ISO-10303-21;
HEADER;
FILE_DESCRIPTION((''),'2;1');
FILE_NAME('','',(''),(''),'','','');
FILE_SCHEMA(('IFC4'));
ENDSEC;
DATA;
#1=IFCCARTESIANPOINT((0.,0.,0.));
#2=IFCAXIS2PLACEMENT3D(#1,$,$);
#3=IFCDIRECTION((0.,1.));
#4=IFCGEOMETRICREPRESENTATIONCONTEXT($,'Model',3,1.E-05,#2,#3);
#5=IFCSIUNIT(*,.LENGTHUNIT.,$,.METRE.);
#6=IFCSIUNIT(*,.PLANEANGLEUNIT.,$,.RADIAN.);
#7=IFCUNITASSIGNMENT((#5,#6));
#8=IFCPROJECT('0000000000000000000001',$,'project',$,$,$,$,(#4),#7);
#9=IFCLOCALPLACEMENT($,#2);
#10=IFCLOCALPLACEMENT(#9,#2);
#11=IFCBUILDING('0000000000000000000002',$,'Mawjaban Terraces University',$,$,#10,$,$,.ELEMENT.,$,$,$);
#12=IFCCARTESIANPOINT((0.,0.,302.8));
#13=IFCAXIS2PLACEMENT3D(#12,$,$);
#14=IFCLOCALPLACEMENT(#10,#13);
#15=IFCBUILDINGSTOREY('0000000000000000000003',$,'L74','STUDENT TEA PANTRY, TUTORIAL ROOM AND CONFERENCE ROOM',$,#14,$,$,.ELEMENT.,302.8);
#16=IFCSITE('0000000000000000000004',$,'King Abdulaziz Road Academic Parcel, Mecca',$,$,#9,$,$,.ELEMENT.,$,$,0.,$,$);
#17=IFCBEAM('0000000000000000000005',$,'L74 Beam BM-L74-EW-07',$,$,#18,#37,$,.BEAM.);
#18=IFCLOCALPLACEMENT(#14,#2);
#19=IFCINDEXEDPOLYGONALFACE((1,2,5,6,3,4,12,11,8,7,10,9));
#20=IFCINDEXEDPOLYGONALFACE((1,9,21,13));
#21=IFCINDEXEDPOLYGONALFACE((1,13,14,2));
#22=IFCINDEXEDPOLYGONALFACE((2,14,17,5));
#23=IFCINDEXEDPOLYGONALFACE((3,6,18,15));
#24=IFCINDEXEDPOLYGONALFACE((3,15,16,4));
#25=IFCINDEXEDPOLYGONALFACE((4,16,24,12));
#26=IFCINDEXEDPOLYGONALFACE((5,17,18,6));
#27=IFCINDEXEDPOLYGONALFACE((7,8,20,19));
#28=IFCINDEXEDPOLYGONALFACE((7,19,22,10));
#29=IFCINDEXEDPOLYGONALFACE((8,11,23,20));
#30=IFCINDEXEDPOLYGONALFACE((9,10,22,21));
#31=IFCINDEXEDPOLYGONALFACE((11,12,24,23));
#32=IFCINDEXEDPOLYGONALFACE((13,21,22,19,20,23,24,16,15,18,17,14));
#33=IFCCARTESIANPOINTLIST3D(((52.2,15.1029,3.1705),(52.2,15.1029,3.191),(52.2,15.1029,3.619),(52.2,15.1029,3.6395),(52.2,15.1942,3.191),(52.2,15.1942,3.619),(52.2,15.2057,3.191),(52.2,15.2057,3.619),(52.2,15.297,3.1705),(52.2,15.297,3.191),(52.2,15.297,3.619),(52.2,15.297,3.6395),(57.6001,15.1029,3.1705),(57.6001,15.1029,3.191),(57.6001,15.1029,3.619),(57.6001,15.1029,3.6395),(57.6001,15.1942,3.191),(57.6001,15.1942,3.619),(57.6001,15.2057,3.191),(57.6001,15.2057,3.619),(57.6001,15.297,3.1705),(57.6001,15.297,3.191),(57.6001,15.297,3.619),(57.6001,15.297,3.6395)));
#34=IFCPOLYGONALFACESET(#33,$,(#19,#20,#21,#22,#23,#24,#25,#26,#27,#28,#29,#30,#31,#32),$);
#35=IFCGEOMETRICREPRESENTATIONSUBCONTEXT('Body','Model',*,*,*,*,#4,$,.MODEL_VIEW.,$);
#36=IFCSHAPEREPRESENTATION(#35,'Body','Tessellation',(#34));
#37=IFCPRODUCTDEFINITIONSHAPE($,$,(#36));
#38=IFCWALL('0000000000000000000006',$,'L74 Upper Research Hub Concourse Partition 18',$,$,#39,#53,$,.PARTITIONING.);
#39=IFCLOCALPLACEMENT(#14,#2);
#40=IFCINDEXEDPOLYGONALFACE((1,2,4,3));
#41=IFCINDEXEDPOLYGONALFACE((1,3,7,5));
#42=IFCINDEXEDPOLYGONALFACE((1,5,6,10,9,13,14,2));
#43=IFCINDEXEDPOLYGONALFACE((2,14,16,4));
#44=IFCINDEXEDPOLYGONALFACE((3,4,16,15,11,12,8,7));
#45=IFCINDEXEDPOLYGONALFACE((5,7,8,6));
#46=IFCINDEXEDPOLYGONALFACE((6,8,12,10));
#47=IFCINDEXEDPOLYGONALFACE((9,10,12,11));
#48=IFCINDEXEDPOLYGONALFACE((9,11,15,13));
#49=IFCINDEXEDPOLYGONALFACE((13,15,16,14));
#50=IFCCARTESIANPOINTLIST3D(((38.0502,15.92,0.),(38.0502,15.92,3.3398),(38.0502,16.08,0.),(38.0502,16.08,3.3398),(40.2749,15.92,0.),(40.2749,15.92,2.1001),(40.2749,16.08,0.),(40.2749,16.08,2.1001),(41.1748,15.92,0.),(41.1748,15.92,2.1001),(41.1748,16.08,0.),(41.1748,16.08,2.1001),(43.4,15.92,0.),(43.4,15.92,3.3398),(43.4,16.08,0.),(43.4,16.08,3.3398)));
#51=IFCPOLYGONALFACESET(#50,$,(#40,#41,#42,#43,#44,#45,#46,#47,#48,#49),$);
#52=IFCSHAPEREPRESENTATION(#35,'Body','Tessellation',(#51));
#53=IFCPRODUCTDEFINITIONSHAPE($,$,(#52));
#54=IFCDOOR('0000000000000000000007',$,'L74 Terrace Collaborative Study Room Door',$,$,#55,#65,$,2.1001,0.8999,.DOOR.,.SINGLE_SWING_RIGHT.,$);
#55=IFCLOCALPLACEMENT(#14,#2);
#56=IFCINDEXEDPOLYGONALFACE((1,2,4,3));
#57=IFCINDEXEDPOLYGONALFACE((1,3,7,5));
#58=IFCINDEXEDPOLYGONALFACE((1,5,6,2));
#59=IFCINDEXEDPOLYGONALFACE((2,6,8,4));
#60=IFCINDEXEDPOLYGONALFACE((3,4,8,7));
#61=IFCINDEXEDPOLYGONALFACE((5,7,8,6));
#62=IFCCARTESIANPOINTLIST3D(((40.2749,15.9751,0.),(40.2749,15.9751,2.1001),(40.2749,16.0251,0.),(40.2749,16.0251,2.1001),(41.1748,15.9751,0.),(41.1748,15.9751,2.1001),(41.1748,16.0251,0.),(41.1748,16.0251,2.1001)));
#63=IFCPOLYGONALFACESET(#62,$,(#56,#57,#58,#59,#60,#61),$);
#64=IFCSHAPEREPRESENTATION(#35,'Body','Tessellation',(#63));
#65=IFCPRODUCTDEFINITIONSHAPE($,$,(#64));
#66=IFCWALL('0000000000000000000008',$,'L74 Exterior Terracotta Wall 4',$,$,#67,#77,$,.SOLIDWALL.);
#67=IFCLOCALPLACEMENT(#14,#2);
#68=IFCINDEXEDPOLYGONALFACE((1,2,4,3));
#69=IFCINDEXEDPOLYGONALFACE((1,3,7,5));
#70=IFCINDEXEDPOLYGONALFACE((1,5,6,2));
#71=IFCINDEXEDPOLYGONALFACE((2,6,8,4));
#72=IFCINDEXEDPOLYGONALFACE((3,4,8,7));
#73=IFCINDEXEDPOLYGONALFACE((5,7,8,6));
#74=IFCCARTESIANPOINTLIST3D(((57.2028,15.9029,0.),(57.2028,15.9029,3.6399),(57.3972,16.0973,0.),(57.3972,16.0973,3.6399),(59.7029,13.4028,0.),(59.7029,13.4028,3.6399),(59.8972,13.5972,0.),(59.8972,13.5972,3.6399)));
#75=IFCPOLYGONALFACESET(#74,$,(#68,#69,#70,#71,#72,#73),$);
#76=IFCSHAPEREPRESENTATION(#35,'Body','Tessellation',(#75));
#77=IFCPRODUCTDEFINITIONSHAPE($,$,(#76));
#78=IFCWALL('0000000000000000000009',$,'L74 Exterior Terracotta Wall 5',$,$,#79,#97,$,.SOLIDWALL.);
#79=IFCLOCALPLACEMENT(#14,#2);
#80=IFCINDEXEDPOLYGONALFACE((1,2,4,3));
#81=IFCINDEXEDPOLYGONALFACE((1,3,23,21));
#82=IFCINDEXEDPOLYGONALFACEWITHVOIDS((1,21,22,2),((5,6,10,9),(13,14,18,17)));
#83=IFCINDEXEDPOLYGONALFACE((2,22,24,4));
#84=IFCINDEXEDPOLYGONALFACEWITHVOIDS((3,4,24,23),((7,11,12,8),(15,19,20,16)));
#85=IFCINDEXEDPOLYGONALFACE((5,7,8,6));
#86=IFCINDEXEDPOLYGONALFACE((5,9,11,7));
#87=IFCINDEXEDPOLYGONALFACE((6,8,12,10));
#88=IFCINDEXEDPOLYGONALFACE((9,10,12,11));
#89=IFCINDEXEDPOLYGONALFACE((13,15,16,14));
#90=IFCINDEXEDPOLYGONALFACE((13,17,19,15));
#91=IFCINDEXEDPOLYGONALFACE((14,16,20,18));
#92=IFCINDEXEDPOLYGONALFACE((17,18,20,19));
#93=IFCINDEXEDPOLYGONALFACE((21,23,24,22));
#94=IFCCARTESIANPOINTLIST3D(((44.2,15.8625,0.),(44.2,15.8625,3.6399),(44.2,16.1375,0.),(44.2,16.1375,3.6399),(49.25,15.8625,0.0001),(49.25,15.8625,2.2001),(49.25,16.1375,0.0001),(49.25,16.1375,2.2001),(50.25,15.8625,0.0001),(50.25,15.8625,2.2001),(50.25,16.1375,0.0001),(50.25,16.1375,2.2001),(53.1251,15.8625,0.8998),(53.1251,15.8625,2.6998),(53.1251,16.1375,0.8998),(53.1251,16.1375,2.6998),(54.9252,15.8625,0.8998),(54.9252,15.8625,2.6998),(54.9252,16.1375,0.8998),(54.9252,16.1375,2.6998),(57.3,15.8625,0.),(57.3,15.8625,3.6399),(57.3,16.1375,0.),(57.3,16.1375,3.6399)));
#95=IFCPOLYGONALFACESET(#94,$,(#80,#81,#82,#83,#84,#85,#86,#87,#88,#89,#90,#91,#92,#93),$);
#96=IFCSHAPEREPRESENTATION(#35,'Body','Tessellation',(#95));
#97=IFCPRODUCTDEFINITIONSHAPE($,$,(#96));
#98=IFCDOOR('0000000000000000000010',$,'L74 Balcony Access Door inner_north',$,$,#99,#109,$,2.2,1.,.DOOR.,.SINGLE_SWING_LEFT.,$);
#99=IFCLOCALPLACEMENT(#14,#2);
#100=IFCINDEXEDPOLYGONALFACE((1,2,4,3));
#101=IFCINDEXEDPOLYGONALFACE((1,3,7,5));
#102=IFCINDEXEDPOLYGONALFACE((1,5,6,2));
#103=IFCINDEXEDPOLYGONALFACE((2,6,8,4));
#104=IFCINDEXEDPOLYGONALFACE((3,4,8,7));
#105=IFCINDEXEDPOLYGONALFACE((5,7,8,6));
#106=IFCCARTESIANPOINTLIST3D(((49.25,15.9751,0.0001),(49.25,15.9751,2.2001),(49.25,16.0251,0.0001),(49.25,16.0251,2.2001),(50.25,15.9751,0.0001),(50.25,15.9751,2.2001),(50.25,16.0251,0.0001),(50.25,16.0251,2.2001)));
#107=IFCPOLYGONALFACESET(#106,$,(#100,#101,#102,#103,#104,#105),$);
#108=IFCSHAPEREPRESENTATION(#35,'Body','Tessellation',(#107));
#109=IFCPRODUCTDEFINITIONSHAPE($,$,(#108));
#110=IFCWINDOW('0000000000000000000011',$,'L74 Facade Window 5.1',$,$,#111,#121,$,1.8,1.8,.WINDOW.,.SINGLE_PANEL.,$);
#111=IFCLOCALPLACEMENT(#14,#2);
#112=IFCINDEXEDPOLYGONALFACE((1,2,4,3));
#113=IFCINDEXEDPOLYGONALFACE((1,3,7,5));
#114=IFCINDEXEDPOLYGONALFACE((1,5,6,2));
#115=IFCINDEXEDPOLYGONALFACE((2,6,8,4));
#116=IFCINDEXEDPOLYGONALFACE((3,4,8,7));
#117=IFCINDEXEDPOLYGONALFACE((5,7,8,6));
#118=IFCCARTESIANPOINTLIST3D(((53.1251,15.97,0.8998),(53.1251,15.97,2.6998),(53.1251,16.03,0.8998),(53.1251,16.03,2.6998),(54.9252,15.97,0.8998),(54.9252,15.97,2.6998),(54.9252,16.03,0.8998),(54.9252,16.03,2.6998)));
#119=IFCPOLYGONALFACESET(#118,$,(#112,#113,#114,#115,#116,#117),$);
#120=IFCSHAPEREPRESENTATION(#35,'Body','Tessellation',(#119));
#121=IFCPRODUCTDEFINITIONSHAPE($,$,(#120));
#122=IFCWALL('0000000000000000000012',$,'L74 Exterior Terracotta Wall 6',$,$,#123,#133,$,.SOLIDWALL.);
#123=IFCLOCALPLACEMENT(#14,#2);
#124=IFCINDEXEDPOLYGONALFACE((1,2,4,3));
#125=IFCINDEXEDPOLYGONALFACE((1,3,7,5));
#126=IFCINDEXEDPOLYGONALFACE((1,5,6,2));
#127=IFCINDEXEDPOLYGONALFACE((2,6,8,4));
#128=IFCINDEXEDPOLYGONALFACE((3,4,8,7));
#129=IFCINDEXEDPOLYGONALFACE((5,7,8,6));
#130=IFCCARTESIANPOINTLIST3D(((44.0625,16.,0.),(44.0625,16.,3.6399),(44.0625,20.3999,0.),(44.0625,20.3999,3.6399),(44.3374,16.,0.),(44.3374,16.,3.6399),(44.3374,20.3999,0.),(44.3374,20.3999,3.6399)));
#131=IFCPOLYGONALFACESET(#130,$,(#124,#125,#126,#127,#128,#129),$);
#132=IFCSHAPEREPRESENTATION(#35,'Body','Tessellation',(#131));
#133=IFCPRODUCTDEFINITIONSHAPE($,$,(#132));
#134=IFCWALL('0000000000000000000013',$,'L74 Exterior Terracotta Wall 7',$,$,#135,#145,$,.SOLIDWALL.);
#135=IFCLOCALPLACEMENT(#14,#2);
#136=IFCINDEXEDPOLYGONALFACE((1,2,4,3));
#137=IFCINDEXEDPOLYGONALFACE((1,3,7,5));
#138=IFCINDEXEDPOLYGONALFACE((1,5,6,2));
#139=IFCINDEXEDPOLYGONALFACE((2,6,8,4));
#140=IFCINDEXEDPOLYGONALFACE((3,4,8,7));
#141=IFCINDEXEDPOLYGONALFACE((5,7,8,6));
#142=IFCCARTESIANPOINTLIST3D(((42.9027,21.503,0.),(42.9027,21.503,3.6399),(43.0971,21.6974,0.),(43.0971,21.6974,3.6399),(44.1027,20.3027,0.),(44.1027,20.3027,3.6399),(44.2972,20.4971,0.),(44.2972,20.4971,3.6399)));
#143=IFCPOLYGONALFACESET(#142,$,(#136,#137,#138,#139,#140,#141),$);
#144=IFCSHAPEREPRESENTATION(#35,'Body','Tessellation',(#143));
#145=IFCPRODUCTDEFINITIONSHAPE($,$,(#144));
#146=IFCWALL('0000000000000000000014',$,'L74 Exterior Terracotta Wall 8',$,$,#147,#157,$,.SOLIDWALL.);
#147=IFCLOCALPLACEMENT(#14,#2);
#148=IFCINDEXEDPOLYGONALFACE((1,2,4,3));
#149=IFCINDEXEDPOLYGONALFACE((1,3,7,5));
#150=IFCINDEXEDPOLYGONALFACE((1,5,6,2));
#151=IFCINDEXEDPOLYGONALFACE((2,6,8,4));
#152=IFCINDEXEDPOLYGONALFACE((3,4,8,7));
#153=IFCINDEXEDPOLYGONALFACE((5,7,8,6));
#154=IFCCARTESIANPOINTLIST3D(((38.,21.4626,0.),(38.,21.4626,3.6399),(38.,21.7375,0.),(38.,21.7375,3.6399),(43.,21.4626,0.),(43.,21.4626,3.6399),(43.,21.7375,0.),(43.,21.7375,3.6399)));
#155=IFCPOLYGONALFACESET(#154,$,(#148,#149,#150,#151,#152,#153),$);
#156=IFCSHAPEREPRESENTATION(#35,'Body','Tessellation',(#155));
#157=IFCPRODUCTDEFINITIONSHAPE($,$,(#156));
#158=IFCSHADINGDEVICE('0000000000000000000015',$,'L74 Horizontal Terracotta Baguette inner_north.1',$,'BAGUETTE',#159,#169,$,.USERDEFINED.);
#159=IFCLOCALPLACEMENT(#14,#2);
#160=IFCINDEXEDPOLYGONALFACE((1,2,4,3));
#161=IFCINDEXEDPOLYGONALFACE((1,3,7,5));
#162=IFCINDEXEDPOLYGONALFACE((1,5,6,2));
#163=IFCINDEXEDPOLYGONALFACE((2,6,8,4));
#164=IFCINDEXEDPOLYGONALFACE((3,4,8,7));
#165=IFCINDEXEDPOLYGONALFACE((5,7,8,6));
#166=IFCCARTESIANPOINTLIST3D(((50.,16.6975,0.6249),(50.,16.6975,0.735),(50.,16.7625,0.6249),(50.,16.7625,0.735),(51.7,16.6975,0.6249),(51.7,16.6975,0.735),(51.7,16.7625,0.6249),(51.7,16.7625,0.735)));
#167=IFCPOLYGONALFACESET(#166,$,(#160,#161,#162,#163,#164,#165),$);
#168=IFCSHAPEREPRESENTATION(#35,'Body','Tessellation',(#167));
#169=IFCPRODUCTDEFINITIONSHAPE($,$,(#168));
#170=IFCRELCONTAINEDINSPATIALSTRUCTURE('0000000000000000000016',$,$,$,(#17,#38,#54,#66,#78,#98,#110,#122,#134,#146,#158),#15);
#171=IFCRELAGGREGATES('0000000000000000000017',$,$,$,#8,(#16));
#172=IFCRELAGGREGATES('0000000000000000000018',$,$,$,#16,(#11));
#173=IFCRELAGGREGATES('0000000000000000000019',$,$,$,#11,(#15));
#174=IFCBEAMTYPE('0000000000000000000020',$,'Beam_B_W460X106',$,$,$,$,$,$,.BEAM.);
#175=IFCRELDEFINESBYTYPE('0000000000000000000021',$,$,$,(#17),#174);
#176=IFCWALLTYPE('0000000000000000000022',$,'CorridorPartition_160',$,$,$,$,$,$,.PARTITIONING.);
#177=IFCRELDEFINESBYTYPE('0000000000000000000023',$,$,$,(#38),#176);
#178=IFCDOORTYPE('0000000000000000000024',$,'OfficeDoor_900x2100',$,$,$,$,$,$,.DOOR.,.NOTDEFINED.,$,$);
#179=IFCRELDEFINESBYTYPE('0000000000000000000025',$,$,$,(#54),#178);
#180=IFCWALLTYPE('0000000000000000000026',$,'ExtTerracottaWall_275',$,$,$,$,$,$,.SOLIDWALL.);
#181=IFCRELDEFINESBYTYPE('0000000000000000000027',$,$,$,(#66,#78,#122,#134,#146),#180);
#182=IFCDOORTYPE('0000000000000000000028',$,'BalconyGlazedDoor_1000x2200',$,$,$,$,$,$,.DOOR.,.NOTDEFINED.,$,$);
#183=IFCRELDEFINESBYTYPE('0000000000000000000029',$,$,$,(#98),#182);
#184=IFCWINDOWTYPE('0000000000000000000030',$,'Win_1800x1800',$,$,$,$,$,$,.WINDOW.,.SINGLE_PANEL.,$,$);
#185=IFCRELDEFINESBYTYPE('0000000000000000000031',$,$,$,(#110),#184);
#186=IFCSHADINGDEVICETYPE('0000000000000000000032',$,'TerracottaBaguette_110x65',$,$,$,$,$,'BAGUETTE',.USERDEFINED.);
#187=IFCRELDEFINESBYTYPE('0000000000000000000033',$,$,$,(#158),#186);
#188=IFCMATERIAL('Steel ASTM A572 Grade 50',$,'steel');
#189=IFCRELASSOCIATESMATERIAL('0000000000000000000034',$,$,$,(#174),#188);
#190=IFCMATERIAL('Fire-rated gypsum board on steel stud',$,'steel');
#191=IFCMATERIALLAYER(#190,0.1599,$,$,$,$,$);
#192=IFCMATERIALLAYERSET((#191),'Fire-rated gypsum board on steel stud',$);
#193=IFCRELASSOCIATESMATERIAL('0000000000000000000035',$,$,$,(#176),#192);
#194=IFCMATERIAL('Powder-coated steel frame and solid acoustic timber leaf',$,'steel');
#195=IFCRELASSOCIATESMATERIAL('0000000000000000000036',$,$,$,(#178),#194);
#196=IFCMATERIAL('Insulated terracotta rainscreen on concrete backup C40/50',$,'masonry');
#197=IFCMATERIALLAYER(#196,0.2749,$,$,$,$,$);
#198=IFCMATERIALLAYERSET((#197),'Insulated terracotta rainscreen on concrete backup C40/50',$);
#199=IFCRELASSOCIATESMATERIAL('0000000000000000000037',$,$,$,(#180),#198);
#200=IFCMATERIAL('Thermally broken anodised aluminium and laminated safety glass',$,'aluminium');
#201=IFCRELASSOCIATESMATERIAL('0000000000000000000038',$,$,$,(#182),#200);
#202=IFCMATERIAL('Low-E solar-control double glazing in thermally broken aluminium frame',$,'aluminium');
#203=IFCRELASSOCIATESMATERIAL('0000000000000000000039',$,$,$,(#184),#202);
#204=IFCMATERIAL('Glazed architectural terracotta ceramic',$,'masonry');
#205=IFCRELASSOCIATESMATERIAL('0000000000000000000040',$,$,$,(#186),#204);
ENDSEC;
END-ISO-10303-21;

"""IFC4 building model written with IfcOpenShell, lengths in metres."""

from ifc_helpers import new_model, si_unit, direction, frame, frame_2d, origin, origin_2d, place, context, subcontext, project, spatial, rectangle, i_section, extrude, material, layer, layer_set, material_profile, profile_set, type_object, element, fill, save


model = new_model("IFC4")

# Units and contexts
model_context = context("Model", 3, precision=1e-05, world=origin(), true_north=direction((0.0, 1.0)))
body_context = subcontext(model_context, "Body", "Model", "MODEL_VIEW")
ifc_project = project(units=[si_unit("LENGTHUNIT", "METRE"), si_unit("PLANEANGLEUNIT", "RADIAN")], contexts=[model_context])

# Site, building, storey
site_placement = place(None, origin())
site = spatial("IfcSite", under=ifc_project, at=site_placement, Name="King Abdulaziz Road Academic Parcel, Mecca", CompositionType="ELEMENT", RefElevation=0.0)
building_placement = place(site_placement, origin())
building = spatial("IfcBuilding", under=site, at=building_placement, Name="Mawjaban Terraces University", CompositionType="ELEMENT")
storey_placement = place(building_placement, frame((0.0, 0.0, 302.8)))
storey = spatial("IfcBuildingStorey", under=building, at=storey_placement, Name="L74", Description="STUDENT TEA PANTRY, TUTORIAL ROOM AND CONFERENCE ROOM", CompositionType="ELEMENT", Elevation=302.8)

# Beam
ifc_material_1 = material(Name="Steel ASTM A572 Grade 50", Category="steel")
ifc_material_profile_1 = material_profile(ifc_material_1, i_section(OverallWidth=0.1941, OverallDepth=0.469, WebThickness=0.0115, FlangeThickness=0.0205, at=origin_2d()), Name="W460X106")
ifc_profile_set_1 = profile_set([ifc_material_profile_1], Name="Steel ASTM A572 Grade 50")
beam_type_1 = type_object("IfcBeamType", Name="Beam_B_W460X106", PredefinedType="BEAM", material=ifc_profile_set_1)
beam_1_placement = place(storey_placement, frame((52.2, 15.2, 3.405), z_axis=(1.0, 0.0, 0.0), x_axis=(0.0, 1.0, 0.0)))
element("IfcBeam", 1, at=beam_1_placement, inside=storey, type_object=beam_type_1, Name="L74 Beam BM-L74-EW-07", PredefinedType="BEAM", context=body_context, shape_type="SweptSolid", body=[
    extrude(i_section(OverallWidth=0.1941, OverallDepth=0.469, WebThickness=0.0115, FlangeThickness=0.0205, at=origin_2d()), origin(), (0.0, 0.0, 1.0), 5.4001),
])

# Wall, opening, door
ifc_material_2 = material(Name="Fire-rated gypsum board on steel stud", Category="steel")
ifc_layer_1 = layer(ifc_material_2, 0.1599)
ifc_layer_set_1 = layer_set([ifc_layer_1], Name="Fire-rated gypsum board on steel stud")
wall_type_1 = type_object("IfcWallType", Name="CorridorPartition_160", PredefinedType="PARTITIONING", material=ifc_layer_set_1)
wall_1_placement = place(storey_placement, frame((43.3999, 16.0, 0.0), z_axis=(0.0, 0.0, 1.0), x_axis=(-1.0, 0.0, 0.0)))
wall_1 = element("IfcWall", 2, at=wall_1_placement, inside=storey, type_object=wall_type_1, Name="L74 Upper Research Hub Concourse Partition 18", PredefinedType="PARTITIONING", context=body_context, shape_type="SweptSolid", body=[
    extrude(rectangle(XDim=5.3499, YDim=0.1599, at=frame_2d((2.6748, 0.0))), origin(), (0.0, 0.0, 1.0), 3.3398),
])
opening_1_placement = place(wall_1_placement, frame((2.2251, 0.0, 0.0)))
opening_1 = element("IfcOpeningElement", 3, at=opening_1_placement, cuts=wall_1, PredefinedType="OPENING", context=body_context, shape_type="SweptSolid", body=[
    extrude(rectangle(XDim=0.8999, YDim=2.1001, at=frame_2d((0.45, 1.05))), frame((0.0, 0.0898, 0.0), z_axis=(0.0, -1.0, 0.0), x_axis=(1.0, 0.0, 0.0)), (0.0, 0.0, 1.0), 0.1799),
])
ifc_material_3 = material(Name="Powder-coated steel frame and solid acoustic timber leaf", Category="steel")
door_type_1 = type_object("IfcDoorType", Name="OfficeDoor_900x2100", OperationType="NOTDEFINED", PredefinedType="DOOR", material=ifc_material_3)
door_1_placement = place(opening_1_placement, origin())
door_1 = element("IfcDoor", 4, at=door_1_placement, inside=storey, type_object=door_type_1, Name="L74 Terrace Collaborative Study Room Door", OperationType="SINGLE_SWING_RIGHT", OverallHeight=2.1001, OverallWidth=0.8999, PredefinedType="DOOR", context=body_context, shape_type="SweptSolid", body=[
    extrude(rectangle(XDim=0.8999, YDim=2.1001, at=frame_2d((0.45, 1.05))), frame((0.0, 0.0249, 0.0), z_axis=(0.0, -1.0, 0.0), x_axis=(1.0, 0.0, 0.0)), (0.0, 0.0, 1.0), 0.05),
])
fill(opening_1, door_1)

# Wall
ifc_material_4 = material(Name="Insulated terracotta rainscreen on concrete backup C40/50", Category="masonry")
ifc_layer_2 = layer(ifc_material_4, 0.2749)
ifc_layer_set_2 = layer_set([ifc_layer_2], Name="Insulated terracotta rainscreen on concrete backup C40/50")
wall_type_2 = type_object("IfcWallType", Name="ExtTerracottaWall_275", PredefinedType="SOLIDWALL", material=ifc_layer_set_2)
wall_2_placement = place(storey_placement, frame((59.8, 13.5, 0.0), z_axis=(0.0, 0.0, 1.0), x_axis=(-0.707107, 0.707107, 0.0)))
element("IfcWall", 5, at=wall_2_placement, inside=storey, type_object=wall_type_2, Name="L74 Exterior Terracotta Wall 4", PredefinedType="SOLIDWALL", context=body_context, shape_type="SweptSolid", body=[
    extrude(rectangle(XDim=3.5356, YDim=0.2749, at=frame_2d((1.7678, 0.0))), origin(), (0.0, 0.0, 1.0), 3.6399),
])

# Wall, openings, door, window
wall_3_placement = place(storey_placement, frame((57.3, 16.0, 0.0), z_axis=(0.0, 0.0, 1.0), x_axis=(-1.0, 0.0, 0.0)))
wall_3 = element("IfcWall", 6, at=wall_3_placement, inside=storey, type_object=wall_type_2, Name="L74 Exterior Terracotta Wall 5", PredefinedType="SOLIDWALL", context=body_context, shape_type="SweptSolid", body=[
    extrude(rectangle(XDim=13.1001, YDim=0.2749, at=frame_2d((6.55, 0.0))), origin(), (0.0, 0.0, 1.0), 3.6399),
])
opening_2_placement = place(wall_3_placement, frame((7.05, 0.0, 0.0)))
opening_2 = element("IfcOpeningElement", 7, at=opening_2_placement, cuts=wall_3, PredefinedType="OPENING", context=body_context, shape_type="SweptSolid", body=[
    extrude(rectangle(XDim=1.0, YDim=2.2, at=frame_2d((0.5, 1.1001))), frame((0.0, 0.1475, 0.0), z_axis=(0.0, -1.0, 0.0), x_axis=(1.0, 0.0, 0.0)), (0.0, 0.0, 1.0), 0.2949),
])
opening_3_placement = place(wall_3_placement, frame((2.375, 0.0, 0.8999)))
opening_3 = element("IfcOpeningElement", 8, at=opening_3_placement, cuts=wall_3, PredefinedType="OPENING", context=body_context, shape_type="SweptSolid", body=[
    extrude(rectangle(XDim=1.8, YDim=1.8, at=frame_2d((0.8999, 0.8999))), frame((0.0, 0.1475, 0.0), z_axis=(0.0, -1.0, 0.0), x_axis=(1.0, 0.0, 0.0)), (0.0, 0.0, 1.0), 0.2949),
])
ifc_material_5 = material(Name="Thermally broken anodised aluminium and laminated safety glass", Category="aluminium")
door_type_2 = type_object("IfcDoorType", Name="BalconyGlazedDoor_1000x2200", OperationType="NOTDEFINED", PredefinedType="DOOR", material=ifc_material_5)
door_2_placement = place(opening_2_placement, origin())
door_2 = element("IfcDoor", 9, at=door_2_placement, inside=storey, type_object=door_type_2, Name="L74 Balcony Access Door inner_north", OperationType="SINGLE_SWING_LEFT", OverallHeight=2.2, OverallWidth=1.0, PredefinedType="DOOR", context=body_context, shape_type="SweptSolid", body=[
    extrude(rectangle(XDim=1.0, YDim=2.2, at=frame_2d((0.5, 1.1001))), frame((0.0, 0.0249, 0.0), z_axis=(0.0, -1.0, 0.0), x_axis=(1.0, 0.0, 0.0)), (0.0, 0.0, 1.0), 0.05),
])
fill(opening_2, door_2)
ifc_material_6 = material(Name="Low-E solar-control double glazing in thermally broken aluminium frame", Category="aluminium")
window_type = type_object("IfcWindowType", Name="Win_1800x1800", PartitioningType="SINGLE_PANEL", PredefinedType="WINDOW", material=ifc_material_6)
window_placement = place(opening_3_placement, origin())
window = element("IfcWindow", 10, at=window_placement, inside=storey, type_object=window_type, Name="L74 Facade Window 5.1", OverallHeight=1.8, OverallWidth=1.8, PartitioningType="SINGLE_PANEL", PredefinedType="WINDOW", context=body_context, shape_type="SweptSolid", body=[
    extrude(rectangle(XDim=1.8, YDim=1.8, at=frame_2d((0.8999, 0.8999))), frame((0.0, 0.03, 0.0), z_axis=(0.0, -1.0, 0.0), x_axis=(1.0, 0.0, 0.0)), (0.0, 0.0, 1.0), 0.0601),
])
fill(opening_3, window)

# Walls
wall_4_placement = place(storey_placement, frame((44.2, 16.0, 0.0), z_axis=(0.0, 0.0, 1.0), x_axis=(0.0, 1.0, 0.0)))
element("IfcWall", 11, at=wall_4_placement, inside=storey, type_object=wall_type_2, Name="L74 Exterior Terracotta Wall 6", PredefinedType="SOLIDWALL", context=body_context, shape_type="SweptSolid", body=[
    extrude(rectangle(XDim=4.3999, YDim=0.2749, at=frame_2d((2.2, 0.0))), origin(), (0.0, 0.0, 1.0), 3.6399),
])
wall_5_placement = place(storey_placement, frame((44.2, 20.3999, 0.0), z_axis=(0.0, 0.0, 1.0), x_axis=(-0.707035, 0.707179, 0.0)))
element("IfcWall", 12, at=wall_5_placement, inside=storey, type_object=wall_type_2, Name="L74 Exterior Terracotta Wall 7", PredefinedType="SOLIDWALL", context=body_context, shape_type="SweptSolid", body=[
    extrude(rectangle(XDim=1.6973, YDim=0.2749, at=frame_2d((0.8486, 0.0))), origin(), (0.0, 0.0, 1.0), 3.6399),
])
wall_6_placement = place(storey_placement, frame((43.0, 21.6001, 0.0), z_axis=(0.0, 0.0, 1.0), x_axis=(-1.0, 0.0, 0.0)))
element("IfcWall", 13, at=wall_6_placement, inside=storey, type_object=wall_type_2, Name="L74 Exterior Terracotta Wall 8", PredefinedType="SOLIDWALL", context=body_context, shape_type="SweptSolid", body=[
    extrude(rectangle(XDim=5.0, YDim=0.2749, at=frame_2d((2.5, 0.0))), origin(), (0.0, 0.0, 1.0), 3.6399),
])

# Shading device
ifc_material_7 = material(Name="Glazed architectural terracotta ceramic", Category="masonry")
ifc_material_profile_2 = material_profile(ifc_material_7, rectangle(XDim=0.0649, YDim=0.1101, at=origin_2d()), Name="TBAG110X65")
ifc_profile_set_2 = profile_set([ifc_material_profile_2], Name="Glazed architectural terracotta ceramic")
shading_device_type_1 = type_object("IfcShadingDeviceType", Name="TerracottaBaguette_110x65", ElementType="BAGUETTE", PredefinedType="USERDEFINED", material=ifc_profile_set_2)
for number, where, z_axis, x_axis, name in (
    (14, (50.0, 16.73, 0.6799), (1.0, 0.0, 0.0), (0.0, 1.0, 0.0), "L74 Horizontal Terracotta Baguette inner_north.1"),
):
    element("IfcShadingDevice", number, at=place(storey_placement, frame(where, z_axis=z_axis, x_axis=x_axis)), inside=storey, type_object=shading_device_type_1, Name=name, ObjectType="BAGUETTE", PredefinedType="USERDEFINED", context=body_context, shape_type="SweptSolid", body=[
        extrude(rectangle(XDim=0.0649, YDim=0.1101, at=origin_2d()), origin(), (0.0, 0.0, 1.0), 1.7),
    ])

save(model, "model.ifc")
